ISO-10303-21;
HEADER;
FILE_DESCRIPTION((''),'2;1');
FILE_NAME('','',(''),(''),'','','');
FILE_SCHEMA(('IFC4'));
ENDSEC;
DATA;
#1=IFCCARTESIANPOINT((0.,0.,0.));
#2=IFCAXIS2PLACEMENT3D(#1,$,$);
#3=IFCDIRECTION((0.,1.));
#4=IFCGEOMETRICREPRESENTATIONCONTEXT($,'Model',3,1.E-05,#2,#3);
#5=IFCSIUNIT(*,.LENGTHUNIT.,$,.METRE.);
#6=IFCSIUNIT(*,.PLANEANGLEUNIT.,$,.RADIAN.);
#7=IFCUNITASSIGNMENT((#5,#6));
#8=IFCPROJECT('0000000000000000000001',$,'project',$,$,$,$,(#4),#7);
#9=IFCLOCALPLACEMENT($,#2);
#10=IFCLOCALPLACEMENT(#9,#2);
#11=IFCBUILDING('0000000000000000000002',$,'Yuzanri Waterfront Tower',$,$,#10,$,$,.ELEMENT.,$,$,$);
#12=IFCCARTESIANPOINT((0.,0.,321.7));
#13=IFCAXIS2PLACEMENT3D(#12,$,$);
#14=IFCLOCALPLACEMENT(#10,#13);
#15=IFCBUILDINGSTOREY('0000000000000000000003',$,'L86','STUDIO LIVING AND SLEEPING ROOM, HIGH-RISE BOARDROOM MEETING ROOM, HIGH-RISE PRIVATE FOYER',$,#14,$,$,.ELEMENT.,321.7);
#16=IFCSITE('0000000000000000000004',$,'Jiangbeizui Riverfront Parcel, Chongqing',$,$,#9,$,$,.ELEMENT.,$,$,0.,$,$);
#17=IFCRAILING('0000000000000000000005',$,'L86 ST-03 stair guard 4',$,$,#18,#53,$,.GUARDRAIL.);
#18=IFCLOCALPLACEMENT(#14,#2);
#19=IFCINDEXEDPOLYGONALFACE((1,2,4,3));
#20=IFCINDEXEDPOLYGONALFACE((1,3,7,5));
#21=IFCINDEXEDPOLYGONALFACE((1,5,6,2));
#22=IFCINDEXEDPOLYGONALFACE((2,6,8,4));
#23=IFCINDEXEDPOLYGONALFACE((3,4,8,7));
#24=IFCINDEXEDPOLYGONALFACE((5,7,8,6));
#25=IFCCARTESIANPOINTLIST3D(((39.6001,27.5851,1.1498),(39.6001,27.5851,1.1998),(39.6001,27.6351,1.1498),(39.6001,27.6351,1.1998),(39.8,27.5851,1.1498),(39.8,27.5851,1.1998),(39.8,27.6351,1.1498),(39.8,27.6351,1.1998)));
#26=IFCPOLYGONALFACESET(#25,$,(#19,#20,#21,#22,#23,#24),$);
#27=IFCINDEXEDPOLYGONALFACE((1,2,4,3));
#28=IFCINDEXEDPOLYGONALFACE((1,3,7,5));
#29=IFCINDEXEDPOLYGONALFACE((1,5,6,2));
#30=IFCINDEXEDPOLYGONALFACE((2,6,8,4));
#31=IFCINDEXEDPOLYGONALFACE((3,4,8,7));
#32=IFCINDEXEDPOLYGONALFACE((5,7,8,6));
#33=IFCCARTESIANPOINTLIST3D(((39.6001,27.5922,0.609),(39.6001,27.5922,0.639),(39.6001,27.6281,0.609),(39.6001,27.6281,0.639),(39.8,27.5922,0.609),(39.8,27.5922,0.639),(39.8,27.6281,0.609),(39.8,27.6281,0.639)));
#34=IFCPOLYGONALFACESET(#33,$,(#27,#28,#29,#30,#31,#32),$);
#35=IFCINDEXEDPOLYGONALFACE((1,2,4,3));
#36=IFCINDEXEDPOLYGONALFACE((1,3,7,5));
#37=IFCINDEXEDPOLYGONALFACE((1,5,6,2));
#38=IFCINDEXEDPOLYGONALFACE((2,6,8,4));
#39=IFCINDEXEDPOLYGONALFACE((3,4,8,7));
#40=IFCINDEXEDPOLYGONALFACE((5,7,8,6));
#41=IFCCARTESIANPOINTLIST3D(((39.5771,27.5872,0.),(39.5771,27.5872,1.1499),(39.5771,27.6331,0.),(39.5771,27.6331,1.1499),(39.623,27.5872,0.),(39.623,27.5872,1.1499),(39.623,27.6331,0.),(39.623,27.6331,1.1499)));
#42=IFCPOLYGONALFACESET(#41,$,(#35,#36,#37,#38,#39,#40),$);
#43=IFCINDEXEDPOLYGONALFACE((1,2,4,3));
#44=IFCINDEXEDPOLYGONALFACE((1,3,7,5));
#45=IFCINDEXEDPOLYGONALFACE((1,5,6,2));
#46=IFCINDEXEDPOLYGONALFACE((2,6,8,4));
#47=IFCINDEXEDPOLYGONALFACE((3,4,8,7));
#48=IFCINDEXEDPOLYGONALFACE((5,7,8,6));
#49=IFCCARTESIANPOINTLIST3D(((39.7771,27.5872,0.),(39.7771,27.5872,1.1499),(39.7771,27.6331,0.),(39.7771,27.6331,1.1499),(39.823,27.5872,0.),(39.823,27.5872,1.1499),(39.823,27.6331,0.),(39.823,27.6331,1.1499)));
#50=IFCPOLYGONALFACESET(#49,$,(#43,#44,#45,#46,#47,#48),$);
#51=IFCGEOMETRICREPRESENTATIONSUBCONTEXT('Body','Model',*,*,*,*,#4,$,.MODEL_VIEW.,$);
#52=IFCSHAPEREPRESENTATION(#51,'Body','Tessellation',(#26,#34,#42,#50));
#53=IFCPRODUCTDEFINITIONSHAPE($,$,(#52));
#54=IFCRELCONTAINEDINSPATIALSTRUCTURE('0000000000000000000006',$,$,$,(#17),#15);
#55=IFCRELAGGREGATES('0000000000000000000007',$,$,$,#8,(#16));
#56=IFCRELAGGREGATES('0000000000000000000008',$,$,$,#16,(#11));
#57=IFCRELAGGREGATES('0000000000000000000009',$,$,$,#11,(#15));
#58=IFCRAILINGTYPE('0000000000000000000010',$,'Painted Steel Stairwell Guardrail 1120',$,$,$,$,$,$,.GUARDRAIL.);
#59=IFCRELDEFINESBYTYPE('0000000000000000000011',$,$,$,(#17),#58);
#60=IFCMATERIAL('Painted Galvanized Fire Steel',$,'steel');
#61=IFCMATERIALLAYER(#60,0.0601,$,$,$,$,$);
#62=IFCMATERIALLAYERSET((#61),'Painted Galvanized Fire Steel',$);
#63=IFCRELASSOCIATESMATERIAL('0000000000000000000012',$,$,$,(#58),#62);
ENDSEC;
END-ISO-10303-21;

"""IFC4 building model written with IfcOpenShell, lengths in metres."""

from ifc_helpers import new_model, si_unit, direction, frame, origin, origin_2d, place, context, subcontext, project, spatial, rectangle, extrude, source, transform, mapped, material, layer, layer_set, type_object, element, save


model = new_model("IFC4")

# Units and contexts
model_context = context("Model", 3, precision=1e-05, world=origin(), true_north=direction((0.0, 1.0)))
body_context = subcontext(model_context, "Body", "Model", "MODEL_VIEW")
ifc_project = project(units=[si_unit("LENGTHUNIT", "METRE"), si_unit("PLANEANGLEUNIT", "RADIAN")], contexts=[model_context])

# Site, building, storey
site_placement = place(None, origin())
site = spatial("IfcSite", under=ifc_project, at=site_placement, Name="Jiangbeizui Riverfront Parcel, Chongqing", CompositionType="ELEMENT", RefElevation=0.0)
building_placement = place(site_placement, origin())
building = spatial("IfcBuilding", under=site, at=building_placement, Name="Yuzanri Waterfront Tower", CompositionType="ELEMENT")
storey_placement = place(building_placement, frame((0.0, 0.0, 321.7)))
storey = spatial("IfcBuildingStorey", under=building, at=storey_placement, Name="L86", Description="STUDIO LIVING AND SLEEPING ROOM, HIGH-RISE BOARDROOM MEETING ROOM, HIGH-RISE PRIVATE FOYER", CompositionType="ELEMENT", Elevation=321.7)

# Railing
ifc_material_1 = material(Name="Painted Galvanized Fire Steel", Category="steel")
ifc_layer_1 = layer(ifc_material_1, 0.0601)
ifc_layer_set_1 = layer_set([ifc_layer_1], Name="Painted Galvanized Fire Steel")
railing_type_1 = type_object("IfcRailingType", Name="Painted Steel Stairwell Guardrail 1120", PredefinedType="GUARDRAIL", material=ifc_layer_set_1)
shared_shape_1 = source(origin(), body_context, "Body", "SweptSolid", [
    extrude(rectangle(XDim=0.05, YDim=0.05, at=origin_2d()), frame((0.0, 0.0, 1.1748), z_axis=(1.0, 0.0, 0.0), x_axis=(0.0, 1.0, 0.0)), (0.0, 0.0, 1.0), 0.2),
    extrude(rectangle(XDim=0.0359, YDim=0.03, at=origin_2d()), frame((0.0, 0.0, 0.624), z_axis=(1.0, 0.0, 0.0), x_axis=(0.0, 1.0, 0.0)), (0.0, 0.0, 1.0), 0.2),
    extrude(rectangle(XDim=0.0459, YDim=0.0459, at=origin_2d()), origin(), (0.0, 0.0, 1.0), 1.1499),
    extrude(rectangle(XDim=0.0459, YDim=0.0459, at=origin_2d()), frame((0.2, 0.0, 0.0)), (0.0, 0.0, 1.0), 1.1499),
])
for number, where, name in (
    (1, (39.6001, 27.6101, 0.0), "L86 ST-03 stair guard 4"),
):
    element("IfcRailing", number, at=place(storey_placement, frame(where)), inside=storey, type_object=railing_type_1, Name=name, PredefinedType="GUARDRAIL", context=body_context, shape_type="MappedRepresentation", body=[
        mapped(shared_shape_1, transform((0.0, 0.0, 0.0), scale=1.0)),
    ])

save(model, "model.ifc")
